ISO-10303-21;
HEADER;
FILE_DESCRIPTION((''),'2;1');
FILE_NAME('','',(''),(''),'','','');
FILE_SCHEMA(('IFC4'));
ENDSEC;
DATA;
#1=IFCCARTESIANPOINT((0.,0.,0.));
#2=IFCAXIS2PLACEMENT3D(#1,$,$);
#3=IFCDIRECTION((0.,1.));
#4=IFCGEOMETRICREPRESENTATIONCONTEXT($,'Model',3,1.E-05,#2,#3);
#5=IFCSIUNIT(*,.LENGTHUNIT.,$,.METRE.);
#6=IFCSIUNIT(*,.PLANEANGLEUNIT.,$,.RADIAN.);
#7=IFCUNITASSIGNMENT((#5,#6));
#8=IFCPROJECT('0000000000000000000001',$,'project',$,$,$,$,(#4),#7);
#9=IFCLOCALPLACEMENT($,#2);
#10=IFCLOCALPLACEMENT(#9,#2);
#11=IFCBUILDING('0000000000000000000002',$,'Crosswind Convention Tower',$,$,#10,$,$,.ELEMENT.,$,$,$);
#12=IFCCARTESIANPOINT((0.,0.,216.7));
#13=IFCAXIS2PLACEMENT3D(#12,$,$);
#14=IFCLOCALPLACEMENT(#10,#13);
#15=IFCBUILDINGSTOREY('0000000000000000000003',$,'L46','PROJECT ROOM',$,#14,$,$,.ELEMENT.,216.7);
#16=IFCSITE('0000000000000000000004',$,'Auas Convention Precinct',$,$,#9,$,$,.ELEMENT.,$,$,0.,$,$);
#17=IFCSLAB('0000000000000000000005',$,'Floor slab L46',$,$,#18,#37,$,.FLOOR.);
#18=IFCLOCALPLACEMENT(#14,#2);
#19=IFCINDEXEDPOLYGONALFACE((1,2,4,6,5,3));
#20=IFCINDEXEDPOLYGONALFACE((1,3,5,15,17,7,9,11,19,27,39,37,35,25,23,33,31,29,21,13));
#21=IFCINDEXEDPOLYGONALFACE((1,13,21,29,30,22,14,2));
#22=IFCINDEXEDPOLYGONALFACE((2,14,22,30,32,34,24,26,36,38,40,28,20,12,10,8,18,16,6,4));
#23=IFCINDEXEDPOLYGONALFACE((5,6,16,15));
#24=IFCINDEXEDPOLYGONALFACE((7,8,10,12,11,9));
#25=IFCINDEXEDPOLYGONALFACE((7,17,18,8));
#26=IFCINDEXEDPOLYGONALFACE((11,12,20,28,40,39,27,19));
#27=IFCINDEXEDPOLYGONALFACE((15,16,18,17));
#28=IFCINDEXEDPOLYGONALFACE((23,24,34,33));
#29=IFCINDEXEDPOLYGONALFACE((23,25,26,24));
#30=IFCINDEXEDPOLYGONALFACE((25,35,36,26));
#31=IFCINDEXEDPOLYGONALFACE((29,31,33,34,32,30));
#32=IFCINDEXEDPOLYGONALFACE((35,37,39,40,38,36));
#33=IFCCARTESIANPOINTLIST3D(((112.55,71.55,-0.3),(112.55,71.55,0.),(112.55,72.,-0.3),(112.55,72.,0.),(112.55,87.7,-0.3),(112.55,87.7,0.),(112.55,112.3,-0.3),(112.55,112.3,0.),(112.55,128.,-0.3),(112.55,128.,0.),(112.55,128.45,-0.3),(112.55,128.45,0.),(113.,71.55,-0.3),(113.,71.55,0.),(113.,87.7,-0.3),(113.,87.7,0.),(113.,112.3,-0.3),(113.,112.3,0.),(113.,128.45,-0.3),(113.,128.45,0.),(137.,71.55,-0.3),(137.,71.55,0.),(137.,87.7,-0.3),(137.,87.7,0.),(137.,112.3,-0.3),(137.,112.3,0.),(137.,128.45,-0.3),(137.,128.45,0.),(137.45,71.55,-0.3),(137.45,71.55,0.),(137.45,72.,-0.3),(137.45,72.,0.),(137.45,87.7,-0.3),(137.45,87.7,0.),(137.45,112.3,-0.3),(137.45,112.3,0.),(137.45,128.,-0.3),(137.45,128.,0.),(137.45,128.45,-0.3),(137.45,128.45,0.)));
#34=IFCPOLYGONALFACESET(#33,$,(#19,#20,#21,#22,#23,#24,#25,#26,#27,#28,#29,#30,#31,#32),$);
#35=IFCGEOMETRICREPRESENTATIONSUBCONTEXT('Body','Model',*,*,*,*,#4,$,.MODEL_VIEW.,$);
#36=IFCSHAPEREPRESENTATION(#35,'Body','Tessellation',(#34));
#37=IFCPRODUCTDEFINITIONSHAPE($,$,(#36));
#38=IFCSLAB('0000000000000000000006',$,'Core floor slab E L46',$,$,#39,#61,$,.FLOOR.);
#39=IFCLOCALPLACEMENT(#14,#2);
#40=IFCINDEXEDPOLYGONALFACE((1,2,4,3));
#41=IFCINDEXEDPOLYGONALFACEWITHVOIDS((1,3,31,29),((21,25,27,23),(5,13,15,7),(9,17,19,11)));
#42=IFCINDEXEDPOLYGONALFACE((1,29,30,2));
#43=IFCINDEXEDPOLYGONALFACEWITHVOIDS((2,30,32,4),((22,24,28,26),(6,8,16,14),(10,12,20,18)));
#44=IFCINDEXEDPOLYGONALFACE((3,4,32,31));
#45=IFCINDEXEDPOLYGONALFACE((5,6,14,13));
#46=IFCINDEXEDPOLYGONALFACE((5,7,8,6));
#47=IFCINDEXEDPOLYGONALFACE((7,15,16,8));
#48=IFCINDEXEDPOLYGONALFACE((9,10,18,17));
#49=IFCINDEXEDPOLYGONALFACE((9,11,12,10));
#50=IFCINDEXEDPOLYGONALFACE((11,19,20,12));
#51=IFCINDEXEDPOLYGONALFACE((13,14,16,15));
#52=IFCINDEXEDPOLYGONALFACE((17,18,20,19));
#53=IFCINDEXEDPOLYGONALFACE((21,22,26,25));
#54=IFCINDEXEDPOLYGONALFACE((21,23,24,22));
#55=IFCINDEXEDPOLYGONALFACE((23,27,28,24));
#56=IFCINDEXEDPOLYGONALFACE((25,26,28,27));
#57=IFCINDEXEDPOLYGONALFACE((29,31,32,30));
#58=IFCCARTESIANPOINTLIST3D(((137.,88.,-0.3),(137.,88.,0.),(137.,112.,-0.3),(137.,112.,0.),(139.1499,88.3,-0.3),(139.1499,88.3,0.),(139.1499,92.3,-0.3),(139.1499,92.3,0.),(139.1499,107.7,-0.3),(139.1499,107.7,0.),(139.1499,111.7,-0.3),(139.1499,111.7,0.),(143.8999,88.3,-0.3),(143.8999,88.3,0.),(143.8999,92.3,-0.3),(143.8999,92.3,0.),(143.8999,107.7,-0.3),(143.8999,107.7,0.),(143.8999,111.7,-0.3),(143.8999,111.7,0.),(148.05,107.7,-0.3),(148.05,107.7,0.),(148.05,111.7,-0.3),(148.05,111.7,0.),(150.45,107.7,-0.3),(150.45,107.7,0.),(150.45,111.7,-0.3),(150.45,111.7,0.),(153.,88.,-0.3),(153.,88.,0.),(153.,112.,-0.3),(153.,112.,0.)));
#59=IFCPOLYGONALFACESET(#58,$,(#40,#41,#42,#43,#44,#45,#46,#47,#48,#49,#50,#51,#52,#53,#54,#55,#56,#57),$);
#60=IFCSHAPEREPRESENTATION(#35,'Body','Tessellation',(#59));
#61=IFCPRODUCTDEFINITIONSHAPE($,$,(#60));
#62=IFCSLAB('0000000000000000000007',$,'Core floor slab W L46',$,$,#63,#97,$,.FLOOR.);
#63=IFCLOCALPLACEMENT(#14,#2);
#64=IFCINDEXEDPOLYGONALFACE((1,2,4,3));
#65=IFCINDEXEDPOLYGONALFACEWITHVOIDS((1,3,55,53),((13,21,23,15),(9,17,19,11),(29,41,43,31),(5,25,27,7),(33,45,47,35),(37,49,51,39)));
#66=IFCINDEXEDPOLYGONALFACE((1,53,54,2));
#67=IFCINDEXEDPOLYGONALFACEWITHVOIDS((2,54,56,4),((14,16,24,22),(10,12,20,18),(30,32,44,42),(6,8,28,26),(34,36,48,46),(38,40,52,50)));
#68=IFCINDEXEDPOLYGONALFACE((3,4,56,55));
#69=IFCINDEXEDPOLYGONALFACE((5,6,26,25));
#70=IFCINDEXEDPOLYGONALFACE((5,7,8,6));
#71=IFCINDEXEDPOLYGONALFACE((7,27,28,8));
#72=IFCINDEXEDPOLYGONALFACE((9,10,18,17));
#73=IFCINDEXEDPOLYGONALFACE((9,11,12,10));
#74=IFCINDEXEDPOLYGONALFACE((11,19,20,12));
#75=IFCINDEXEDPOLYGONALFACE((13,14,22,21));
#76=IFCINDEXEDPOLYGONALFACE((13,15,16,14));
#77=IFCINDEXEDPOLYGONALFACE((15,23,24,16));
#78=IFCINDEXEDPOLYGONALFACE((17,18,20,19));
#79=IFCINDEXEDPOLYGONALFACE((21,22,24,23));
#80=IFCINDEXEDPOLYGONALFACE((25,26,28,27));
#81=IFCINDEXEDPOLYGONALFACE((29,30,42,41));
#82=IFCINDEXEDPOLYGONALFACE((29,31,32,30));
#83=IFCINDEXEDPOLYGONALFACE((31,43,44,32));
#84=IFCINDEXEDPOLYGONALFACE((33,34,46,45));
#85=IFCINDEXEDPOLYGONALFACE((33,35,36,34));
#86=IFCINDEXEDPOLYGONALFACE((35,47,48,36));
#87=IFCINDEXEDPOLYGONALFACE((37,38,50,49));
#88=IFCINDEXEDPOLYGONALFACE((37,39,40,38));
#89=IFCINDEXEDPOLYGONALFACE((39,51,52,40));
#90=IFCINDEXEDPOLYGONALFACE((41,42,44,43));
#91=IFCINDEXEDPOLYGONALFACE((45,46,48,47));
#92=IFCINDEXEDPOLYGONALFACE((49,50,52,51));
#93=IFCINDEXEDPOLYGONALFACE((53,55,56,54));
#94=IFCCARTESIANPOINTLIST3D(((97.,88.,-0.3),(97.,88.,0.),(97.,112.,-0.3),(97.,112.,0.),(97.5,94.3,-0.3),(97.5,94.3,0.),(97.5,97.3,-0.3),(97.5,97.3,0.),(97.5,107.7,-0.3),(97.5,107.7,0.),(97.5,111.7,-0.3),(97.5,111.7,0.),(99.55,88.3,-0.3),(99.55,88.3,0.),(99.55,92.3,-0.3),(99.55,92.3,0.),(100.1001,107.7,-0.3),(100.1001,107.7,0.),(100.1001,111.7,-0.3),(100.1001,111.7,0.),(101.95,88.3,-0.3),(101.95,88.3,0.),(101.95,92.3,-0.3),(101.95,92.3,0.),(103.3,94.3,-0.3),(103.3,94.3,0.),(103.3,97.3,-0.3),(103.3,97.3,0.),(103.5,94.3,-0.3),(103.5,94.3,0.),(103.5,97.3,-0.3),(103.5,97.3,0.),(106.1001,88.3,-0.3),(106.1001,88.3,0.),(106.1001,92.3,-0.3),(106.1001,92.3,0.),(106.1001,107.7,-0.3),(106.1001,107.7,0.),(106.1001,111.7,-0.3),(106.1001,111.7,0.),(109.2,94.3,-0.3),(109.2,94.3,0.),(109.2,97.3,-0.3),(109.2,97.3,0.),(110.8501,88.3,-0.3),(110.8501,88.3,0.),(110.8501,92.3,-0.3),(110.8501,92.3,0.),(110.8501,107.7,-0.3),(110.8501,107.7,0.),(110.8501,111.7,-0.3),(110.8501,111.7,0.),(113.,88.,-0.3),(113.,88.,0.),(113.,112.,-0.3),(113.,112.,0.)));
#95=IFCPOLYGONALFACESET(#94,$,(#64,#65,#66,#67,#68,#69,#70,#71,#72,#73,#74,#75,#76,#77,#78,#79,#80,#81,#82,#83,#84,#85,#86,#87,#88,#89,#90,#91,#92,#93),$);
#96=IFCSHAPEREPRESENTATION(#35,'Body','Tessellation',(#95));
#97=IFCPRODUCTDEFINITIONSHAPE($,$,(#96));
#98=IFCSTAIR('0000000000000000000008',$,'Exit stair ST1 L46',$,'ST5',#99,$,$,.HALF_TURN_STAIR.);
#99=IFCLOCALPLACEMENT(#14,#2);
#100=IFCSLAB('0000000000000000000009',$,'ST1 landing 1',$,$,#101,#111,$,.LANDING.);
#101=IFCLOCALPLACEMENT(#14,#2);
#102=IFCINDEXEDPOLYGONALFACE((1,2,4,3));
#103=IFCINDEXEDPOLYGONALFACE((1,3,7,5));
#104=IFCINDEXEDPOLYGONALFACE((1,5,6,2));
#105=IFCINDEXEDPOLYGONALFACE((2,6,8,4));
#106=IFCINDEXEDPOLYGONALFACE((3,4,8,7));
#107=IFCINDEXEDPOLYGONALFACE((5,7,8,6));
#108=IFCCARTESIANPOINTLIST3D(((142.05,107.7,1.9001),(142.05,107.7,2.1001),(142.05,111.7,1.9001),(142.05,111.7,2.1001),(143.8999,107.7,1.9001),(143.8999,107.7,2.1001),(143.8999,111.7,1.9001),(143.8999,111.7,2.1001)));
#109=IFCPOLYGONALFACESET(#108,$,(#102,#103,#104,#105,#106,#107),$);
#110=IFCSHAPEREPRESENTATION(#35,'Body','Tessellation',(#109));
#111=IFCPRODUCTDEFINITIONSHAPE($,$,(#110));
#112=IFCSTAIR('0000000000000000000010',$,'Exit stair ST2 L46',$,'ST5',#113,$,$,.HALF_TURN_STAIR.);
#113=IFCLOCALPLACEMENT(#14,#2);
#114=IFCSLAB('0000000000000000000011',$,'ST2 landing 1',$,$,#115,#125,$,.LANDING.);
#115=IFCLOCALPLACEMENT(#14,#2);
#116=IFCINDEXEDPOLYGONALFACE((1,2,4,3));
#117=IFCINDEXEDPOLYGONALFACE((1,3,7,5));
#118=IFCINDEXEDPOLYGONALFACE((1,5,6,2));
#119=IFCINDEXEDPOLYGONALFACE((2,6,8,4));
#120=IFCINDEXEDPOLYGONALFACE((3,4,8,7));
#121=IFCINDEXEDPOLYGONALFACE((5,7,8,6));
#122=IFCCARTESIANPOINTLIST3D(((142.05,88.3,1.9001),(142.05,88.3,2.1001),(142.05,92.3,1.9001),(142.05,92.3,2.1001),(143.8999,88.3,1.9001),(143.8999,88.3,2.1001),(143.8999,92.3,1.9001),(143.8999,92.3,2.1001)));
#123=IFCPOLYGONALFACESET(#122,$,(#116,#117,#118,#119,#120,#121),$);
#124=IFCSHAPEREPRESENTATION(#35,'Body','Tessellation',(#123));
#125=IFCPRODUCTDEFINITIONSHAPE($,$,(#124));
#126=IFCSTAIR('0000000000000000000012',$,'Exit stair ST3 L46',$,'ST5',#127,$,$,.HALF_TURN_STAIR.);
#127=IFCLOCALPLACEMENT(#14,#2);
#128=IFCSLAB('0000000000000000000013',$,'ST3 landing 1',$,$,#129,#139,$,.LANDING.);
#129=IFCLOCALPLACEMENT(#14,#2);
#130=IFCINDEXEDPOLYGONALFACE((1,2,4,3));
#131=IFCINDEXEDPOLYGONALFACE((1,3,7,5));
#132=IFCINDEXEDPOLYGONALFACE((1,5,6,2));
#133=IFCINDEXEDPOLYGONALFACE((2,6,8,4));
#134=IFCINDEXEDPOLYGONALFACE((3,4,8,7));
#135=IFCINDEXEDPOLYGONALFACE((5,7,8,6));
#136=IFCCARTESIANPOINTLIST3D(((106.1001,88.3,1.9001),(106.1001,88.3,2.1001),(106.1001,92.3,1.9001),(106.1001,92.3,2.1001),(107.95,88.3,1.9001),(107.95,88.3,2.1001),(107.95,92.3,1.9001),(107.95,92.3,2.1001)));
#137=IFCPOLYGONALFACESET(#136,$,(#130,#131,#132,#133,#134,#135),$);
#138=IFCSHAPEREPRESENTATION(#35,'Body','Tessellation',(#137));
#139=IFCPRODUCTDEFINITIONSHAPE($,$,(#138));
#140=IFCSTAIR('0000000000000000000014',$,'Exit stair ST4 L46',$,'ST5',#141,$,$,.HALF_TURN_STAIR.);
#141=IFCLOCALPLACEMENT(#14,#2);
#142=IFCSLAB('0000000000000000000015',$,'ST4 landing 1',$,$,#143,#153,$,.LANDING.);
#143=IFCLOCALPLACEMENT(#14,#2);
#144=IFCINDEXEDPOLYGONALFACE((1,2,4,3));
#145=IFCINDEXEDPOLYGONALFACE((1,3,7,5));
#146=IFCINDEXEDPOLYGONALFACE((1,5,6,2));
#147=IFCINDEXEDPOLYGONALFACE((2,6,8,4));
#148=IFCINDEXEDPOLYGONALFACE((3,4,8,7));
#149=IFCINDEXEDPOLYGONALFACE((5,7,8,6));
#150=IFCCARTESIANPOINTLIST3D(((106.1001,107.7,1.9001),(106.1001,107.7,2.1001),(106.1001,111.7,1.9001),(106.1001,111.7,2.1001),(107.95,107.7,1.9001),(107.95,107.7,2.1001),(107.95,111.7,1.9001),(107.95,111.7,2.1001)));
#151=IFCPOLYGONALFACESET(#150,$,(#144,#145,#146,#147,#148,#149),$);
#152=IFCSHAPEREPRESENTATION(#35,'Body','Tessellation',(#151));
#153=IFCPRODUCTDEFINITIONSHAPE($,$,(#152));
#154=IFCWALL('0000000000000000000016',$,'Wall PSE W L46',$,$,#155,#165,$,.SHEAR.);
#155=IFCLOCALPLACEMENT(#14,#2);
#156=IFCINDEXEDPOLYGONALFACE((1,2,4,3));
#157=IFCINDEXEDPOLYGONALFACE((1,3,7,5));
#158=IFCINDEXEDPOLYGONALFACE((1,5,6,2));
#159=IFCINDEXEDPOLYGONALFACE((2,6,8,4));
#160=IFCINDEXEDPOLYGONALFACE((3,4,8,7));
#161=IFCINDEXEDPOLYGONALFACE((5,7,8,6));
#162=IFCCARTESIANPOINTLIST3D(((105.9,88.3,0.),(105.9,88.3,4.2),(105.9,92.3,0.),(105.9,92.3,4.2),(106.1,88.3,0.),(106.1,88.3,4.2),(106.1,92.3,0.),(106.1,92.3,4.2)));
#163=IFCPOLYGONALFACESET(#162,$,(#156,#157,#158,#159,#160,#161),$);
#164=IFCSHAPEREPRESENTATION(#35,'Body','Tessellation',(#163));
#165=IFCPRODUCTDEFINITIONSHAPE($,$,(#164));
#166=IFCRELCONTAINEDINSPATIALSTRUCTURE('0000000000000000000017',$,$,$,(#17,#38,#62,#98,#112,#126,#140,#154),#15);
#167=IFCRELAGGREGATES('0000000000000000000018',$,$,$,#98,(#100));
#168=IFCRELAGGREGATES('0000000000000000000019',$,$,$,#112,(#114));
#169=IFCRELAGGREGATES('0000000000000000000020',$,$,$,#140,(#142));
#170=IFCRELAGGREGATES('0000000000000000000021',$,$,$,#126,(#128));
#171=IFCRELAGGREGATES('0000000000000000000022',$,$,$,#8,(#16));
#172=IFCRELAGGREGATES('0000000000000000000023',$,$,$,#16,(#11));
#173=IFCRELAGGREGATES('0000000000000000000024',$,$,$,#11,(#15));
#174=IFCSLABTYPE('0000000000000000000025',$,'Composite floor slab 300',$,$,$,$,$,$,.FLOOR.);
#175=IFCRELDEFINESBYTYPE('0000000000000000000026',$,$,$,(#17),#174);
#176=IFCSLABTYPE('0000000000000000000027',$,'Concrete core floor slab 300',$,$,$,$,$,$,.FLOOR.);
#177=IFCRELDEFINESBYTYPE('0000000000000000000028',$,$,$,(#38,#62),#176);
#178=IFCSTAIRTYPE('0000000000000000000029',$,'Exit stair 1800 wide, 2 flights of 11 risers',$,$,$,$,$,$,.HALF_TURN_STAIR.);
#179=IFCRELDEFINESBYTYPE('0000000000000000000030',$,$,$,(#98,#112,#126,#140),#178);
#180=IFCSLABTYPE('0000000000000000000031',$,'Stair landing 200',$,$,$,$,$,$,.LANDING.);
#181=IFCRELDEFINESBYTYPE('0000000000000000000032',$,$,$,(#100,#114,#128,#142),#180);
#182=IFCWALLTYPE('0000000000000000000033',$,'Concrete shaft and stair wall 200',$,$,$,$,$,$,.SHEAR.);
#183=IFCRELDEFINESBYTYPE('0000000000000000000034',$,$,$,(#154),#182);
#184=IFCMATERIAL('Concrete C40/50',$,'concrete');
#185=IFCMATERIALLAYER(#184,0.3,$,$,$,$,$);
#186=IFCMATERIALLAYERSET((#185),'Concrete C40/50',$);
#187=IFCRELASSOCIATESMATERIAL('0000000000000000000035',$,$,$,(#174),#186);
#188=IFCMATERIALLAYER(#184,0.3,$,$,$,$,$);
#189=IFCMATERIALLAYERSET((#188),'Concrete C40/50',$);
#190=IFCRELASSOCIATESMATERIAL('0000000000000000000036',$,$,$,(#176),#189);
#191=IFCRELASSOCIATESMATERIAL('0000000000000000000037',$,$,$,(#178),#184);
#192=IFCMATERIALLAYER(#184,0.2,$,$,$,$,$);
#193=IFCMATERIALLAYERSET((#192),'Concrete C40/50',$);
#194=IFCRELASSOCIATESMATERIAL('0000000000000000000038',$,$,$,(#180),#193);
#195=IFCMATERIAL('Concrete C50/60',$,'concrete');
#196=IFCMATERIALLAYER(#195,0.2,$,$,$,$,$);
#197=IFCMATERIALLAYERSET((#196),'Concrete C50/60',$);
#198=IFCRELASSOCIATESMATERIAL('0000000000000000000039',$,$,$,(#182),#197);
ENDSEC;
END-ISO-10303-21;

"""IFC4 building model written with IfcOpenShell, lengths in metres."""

from ifc_helpers import new_model, si_unit, direction, frame, frame_2d, origin, place, context, subcontext, project, spatial, polyline, rectangle, outline, extrude, material, layer, layer_set, type_object, element, aggregate, save


model = new_model("IFC4")

# Units and contexts
model_context = context("Model", 3, precision=1e-05, world=origin(), true_north=direction((0.0, 1.0)))
body_context = subcontext(model_context, "Body", "Model", "MODEL_VIEW")
ifc_project = project(units=[si_unit("LENGTHUNIT", "METRE"), si_unit("PLANEANGLEUNIT", "RADIAN")], contexts=[model_context])

# Site, building, storey
site_placement = place(None, origin())
site = spatial("IfcSite", under=ifc_project, at=site_placement, Name="Auas Convention Precinct", CompositionType="ELEMENT", RefElevation=0.0)
building_placement = place(site_placement, origin())
building = spatial("IfcBuilding", under=site, at=building_placement, Name="Crosswind Convention Tower", CompositionType="ELEMENT")
storey_placement = place(building_placement, frame((0.0, 0.0, 216.7)))
storey = spatial("IfcBuildingStorey", under=building, at=storey_placement, Name="L46", Description="PROJECT ROOM", CompositionType="ELEMENT", Elevation=216.7)

# Slabs
ifc_material_1 = material(Name="Concrete C40/50", Category="concrete")
ifc_layer_1 = layer(ifc_material_1, 0.3)
ifc_layer_set_1 = layer_set([ifc_layer_1], Name="Concrete C40/50")
slab_type_1 = type_object("IfcSlabType", Name="Composite floor slab 300", PredefinedType="FLOOR", material=ifc_layer_set_1)
slab_1_placement = place(storey_placement, frame((0.0, 0.0, -0.3)))
element("IfcSlab", 1, at=slab_1_placement, inside=storey, type_object=slab_type_1, Name="Floor slab L46", PredefinedType="FLOOR", context=body_context, shape_type="SweptSolid", body=[
    extrude(outline(polyline([(137.45, 71.55), (137.0, 71.55), (113.0, 71.55), (112.55, 71.55), (112.55, 72.0), (112.55, 87.7), (113.0, 87.7), (113.0, 112.3), (112.55, 112.3), (112.55, 128.0), (112.55, 128.45), (113.0, 128.45), (137.0, 128.45), (137.45, 128.45), (137.45, 128.0), (137.45, 112.3), (137.0, 112.3), (137.0, 87.7), (137.45, 87.7), (137.45, 72.0), (137.45, 71.55)])), origin(), (0.0, 0.0, 1.0), 0.3),
])
ifc_layer_2 = layer(ifc_material_1, 0.3)
ifc_layer_set_2 = layer_set([ifc_layer_2], Name="Concrete C40/50")
slab_type_2 = type_object("IfcSlabType", Name="Concrete core floor slab 300", PredefinedType="FLOOR", material=ifc_layer_set_2)
slab_2_placement = place(storey_placement, frame((0.0, 0.0, -0.3)))
element("IfcSlab", 2, at=slab_2_placement, inside=storey, type_object=slab_type_2, Name="Core floor slab E L46", PredefinedType="FLOOR", context=body_context, shape_type="SweptSolid", body=[
    extrude(outline(polyline([(137.0, 88.0), (153.0, 88.0), (153.0, 112.0), (137.0, 112.0), (137.0, 88.0)]), holes=[polyline([(150.45, 107.7), (150.45, 111.7), (148.05, 111.7), (148.05, 107.7), (150.45, 107.7)]), polyline([(143.8999, 107.7), (143.8999, 111.7), (139.1499, 111.7), (139.1499, 107.7), (143.8999, 107.7)]), polyline([(143.8999, 88.3), (143.8999, 92.3), (139.1499, 92.3), (139.1499, 88.3), (143.8999, 88.3)])]), origin(), (0.0, 0.0, 1.0), 0.3),
])
slab_3_placement = place(storey_placement, frame((0.0, 0.0, -0.3)))
element("IfcSlab", 3, at=slab_3_placement, inside=storey, type_object=slab_type_2, Name="Core floor slab W L46", PredefinedType="FLOOR", context=body_context, shape_type="SweptSolid", body=[
    extrude(outline(polyline([(97.0, 88.0), (113.0, 88.0), (113.0, 112.0), (97.0, 112.0), (97.0, 88.0)]), holes=[polyline([(109.2, 94.3), (109.2, 97.3), (103.5, 97.3), (103.5, 94.3), (109.2, 94.3)]), polyline([(103.3, 94.3), (103.3, 97.3), (97.5, 97.3), (97.5, 94.3), (103.3, 94.3)]), polyline([(101.95, 88.3), (101.95, 92.3), (99.55, 92.3), (99.55, 88.3), (101.95, 88.3)]), polyline([(100.1001, 107.7), (100.1001, 111.7), (97.5, 111.7), (97.5, 107.7), (100.1001, 107.7)]), polyline([(110.8501, 88.3), (110.8501, 92.3), (106.1001, 92.3), (106.1001, 88.3), (110.8501, 88.3)]), polyline([(110.8501, 107.7), (110.8501, 111.7), (106.1001, 111.7), (106.1001, 107.7), (110.8501, 107.7)])]), origin(), (0.0, 0.0, 1.0), 0.3),
])

# Stairs, slabs
stair_type = type_object("IfcStairType", Name="Exit stair 1800 wide, 2 flights of 11 risers", PredefinedType="HALF_TURN_STAIR", material=ifc_material_1)
stair_1_placement = place(storey_placement, origin())
stair_1 = element("IfcStair", 4, at=stair_1_placement, inside=storey, type_object=stair_type, Name="Exit stair ST1 L46", ObjectType="ST5", PredefinedType="HALF_TURN_STAIR")
ifc_layer_3 = layer(ifc_material_1, 0.2)
ifc_layer_set_3 = layer_set([ifc_layer_3], Name="Concrete C40/50")
slab_type_3 = type_object("IfcSlabType", Name="Stair landing 200", PredefinedType="LANDING", material=ifc_layer_set_3)
slab_4_placement = place(storey_placement, frame((0.0, 0.0, 1.9001)))
slab_4 = element("IfcSlab", 5, at=slab_4_placement, type_object=slab_type_3, Name="ST1 landing 1", PredefinedType="LANDING", context=body_context, shape_type="SweptSolid", body=[
    extrude(outline(polyline([(143.8999, 107.7), (143.8999, 111.7), (142.05, 111.7), (142.05, 107.7), (143.8999, 107.7)])), origin(), (0.0, 0.0, 1.0), 0.2),
])
aggregate(stair_1, [slab_4])
stair_2_placement = place(storey_placement, origin())
stair_2 = element("IfcStair", 6, at=stair_2_placement, inside=storey, type_object=stair_type, Name="Exit stair ST2 L46", ObjectType="ST5", PredefinedType="HALF_TURN_STAIR")
slab_5_placement = place(storey_placement, frame((0.0, 0.0, 1.9001)))
slab_5 = element("IfcSlab", 7, at=slab_5_placement, type_object=slab_type_3, Name="ST2 landing 1", PredefinedType="LANDING", context=body_context, shape_type="SweptSolid", body=[
    extrude(outline(polyline([(143.8999, 88.3), (143.8999, 92.3), (142.05, 92.3), (142.05, 88.3), (143.8999, 88.3)])), origin(), (0.0, 0.0, 1.0), 0.2),
])
aggregate(stair_2, [slab_5])
stair_3_placement = place(storey_placement, origin())
stair_3 = element("IfcStair", 8, at=stair_3_placement, inside=storey, type_object=stair_type, Name="Exit stair ST3 L46", ObjectType="ST5", PredefinedType="HALF_TURN_STAIR")
slab_6_placement = place(storey_placement, frame((0.0, 0.0, 1.9001)))
slab_6 = element("IfcSlab", 9, at=slab_6_placement, type_object=slab_type_3, Name="ST3 landing 1", PredefinedType="LANDING", context=body_context, shape_type="SweptSolid", body=[
    extrude(outline(polyline([(107.95, 88.3), (107.95, 92.3), (106.1001, 92.3), (106.1001, 88.3), (107.95, 88.3)])), origin(), (0.0, 0.0, 1.0), 0.2),
])
stair_4_placement = place(storey_placement, origin())
stair_4 = element("IfcStair", 10, at=stair_4_placement, inside=storey, type_object=stair_type, Name="Exit stair ST4 L46", ObjectType="ST5", PredefinedType="HALF_TURN_STAIR")
slab_7_placement = place(storey_placement, frame((0.0, 0.0, 1.9001)))
slab_7 = element("IfcSlab", 11, at=slab_7_placement, type_object=slab_type_3, Name="ST4 landing 1", PredefinedType="LANDING", context=body_context, shape_type="SweptSolid", body=[
    extrude(outline(polyline([(107.95, 107.7), (107.95, 111.7), (106.1001, 111.7), (106.1001, 107.7), (107.95, 107.7)])), origin(), (0.0, 0.0, 1.0), 0.2),
])
aggregate(stair_4, [slab_7])

# Wall
ifc_material_2 = material(Name="Concrete C50/60", Category="concrete")
ifc_layer_4 = layer(ifc_material_2, 0.2)
ifc_layer_set_4 = layer_set([ifc_layer_4], Name="Concrete C50/60")
wall_type_1 = type_object("IfcWallType", Name="Concrete shaft and stair wall 200", PredefinedType="SHEAR", material=ifc_layer_set_4)
wall_1_placement = place(storey_placement, frame((106.0, 92.3, 0.0), z_axis=(0.0, 0.0, 1.0), x_axis=(0.0, -1.0, 0.0)))
element("IfcWall", 12, at=wall_1_placement, inside=storey, type_object=wall_type_1, Name="Wall PSE W L46", PredefinedType="SHEAR", context=body_context, shape_type="SweptSolid", body=[
    extrude(rectangle(XDim=4.0, YDim=0.2, at=frame_2d((2.0, 0.0))), origin(), (0.0, 0.0, 1.0), 4.2),
])

aggregate(stair_3, [slab_6])

save(model, "model.ifc")
